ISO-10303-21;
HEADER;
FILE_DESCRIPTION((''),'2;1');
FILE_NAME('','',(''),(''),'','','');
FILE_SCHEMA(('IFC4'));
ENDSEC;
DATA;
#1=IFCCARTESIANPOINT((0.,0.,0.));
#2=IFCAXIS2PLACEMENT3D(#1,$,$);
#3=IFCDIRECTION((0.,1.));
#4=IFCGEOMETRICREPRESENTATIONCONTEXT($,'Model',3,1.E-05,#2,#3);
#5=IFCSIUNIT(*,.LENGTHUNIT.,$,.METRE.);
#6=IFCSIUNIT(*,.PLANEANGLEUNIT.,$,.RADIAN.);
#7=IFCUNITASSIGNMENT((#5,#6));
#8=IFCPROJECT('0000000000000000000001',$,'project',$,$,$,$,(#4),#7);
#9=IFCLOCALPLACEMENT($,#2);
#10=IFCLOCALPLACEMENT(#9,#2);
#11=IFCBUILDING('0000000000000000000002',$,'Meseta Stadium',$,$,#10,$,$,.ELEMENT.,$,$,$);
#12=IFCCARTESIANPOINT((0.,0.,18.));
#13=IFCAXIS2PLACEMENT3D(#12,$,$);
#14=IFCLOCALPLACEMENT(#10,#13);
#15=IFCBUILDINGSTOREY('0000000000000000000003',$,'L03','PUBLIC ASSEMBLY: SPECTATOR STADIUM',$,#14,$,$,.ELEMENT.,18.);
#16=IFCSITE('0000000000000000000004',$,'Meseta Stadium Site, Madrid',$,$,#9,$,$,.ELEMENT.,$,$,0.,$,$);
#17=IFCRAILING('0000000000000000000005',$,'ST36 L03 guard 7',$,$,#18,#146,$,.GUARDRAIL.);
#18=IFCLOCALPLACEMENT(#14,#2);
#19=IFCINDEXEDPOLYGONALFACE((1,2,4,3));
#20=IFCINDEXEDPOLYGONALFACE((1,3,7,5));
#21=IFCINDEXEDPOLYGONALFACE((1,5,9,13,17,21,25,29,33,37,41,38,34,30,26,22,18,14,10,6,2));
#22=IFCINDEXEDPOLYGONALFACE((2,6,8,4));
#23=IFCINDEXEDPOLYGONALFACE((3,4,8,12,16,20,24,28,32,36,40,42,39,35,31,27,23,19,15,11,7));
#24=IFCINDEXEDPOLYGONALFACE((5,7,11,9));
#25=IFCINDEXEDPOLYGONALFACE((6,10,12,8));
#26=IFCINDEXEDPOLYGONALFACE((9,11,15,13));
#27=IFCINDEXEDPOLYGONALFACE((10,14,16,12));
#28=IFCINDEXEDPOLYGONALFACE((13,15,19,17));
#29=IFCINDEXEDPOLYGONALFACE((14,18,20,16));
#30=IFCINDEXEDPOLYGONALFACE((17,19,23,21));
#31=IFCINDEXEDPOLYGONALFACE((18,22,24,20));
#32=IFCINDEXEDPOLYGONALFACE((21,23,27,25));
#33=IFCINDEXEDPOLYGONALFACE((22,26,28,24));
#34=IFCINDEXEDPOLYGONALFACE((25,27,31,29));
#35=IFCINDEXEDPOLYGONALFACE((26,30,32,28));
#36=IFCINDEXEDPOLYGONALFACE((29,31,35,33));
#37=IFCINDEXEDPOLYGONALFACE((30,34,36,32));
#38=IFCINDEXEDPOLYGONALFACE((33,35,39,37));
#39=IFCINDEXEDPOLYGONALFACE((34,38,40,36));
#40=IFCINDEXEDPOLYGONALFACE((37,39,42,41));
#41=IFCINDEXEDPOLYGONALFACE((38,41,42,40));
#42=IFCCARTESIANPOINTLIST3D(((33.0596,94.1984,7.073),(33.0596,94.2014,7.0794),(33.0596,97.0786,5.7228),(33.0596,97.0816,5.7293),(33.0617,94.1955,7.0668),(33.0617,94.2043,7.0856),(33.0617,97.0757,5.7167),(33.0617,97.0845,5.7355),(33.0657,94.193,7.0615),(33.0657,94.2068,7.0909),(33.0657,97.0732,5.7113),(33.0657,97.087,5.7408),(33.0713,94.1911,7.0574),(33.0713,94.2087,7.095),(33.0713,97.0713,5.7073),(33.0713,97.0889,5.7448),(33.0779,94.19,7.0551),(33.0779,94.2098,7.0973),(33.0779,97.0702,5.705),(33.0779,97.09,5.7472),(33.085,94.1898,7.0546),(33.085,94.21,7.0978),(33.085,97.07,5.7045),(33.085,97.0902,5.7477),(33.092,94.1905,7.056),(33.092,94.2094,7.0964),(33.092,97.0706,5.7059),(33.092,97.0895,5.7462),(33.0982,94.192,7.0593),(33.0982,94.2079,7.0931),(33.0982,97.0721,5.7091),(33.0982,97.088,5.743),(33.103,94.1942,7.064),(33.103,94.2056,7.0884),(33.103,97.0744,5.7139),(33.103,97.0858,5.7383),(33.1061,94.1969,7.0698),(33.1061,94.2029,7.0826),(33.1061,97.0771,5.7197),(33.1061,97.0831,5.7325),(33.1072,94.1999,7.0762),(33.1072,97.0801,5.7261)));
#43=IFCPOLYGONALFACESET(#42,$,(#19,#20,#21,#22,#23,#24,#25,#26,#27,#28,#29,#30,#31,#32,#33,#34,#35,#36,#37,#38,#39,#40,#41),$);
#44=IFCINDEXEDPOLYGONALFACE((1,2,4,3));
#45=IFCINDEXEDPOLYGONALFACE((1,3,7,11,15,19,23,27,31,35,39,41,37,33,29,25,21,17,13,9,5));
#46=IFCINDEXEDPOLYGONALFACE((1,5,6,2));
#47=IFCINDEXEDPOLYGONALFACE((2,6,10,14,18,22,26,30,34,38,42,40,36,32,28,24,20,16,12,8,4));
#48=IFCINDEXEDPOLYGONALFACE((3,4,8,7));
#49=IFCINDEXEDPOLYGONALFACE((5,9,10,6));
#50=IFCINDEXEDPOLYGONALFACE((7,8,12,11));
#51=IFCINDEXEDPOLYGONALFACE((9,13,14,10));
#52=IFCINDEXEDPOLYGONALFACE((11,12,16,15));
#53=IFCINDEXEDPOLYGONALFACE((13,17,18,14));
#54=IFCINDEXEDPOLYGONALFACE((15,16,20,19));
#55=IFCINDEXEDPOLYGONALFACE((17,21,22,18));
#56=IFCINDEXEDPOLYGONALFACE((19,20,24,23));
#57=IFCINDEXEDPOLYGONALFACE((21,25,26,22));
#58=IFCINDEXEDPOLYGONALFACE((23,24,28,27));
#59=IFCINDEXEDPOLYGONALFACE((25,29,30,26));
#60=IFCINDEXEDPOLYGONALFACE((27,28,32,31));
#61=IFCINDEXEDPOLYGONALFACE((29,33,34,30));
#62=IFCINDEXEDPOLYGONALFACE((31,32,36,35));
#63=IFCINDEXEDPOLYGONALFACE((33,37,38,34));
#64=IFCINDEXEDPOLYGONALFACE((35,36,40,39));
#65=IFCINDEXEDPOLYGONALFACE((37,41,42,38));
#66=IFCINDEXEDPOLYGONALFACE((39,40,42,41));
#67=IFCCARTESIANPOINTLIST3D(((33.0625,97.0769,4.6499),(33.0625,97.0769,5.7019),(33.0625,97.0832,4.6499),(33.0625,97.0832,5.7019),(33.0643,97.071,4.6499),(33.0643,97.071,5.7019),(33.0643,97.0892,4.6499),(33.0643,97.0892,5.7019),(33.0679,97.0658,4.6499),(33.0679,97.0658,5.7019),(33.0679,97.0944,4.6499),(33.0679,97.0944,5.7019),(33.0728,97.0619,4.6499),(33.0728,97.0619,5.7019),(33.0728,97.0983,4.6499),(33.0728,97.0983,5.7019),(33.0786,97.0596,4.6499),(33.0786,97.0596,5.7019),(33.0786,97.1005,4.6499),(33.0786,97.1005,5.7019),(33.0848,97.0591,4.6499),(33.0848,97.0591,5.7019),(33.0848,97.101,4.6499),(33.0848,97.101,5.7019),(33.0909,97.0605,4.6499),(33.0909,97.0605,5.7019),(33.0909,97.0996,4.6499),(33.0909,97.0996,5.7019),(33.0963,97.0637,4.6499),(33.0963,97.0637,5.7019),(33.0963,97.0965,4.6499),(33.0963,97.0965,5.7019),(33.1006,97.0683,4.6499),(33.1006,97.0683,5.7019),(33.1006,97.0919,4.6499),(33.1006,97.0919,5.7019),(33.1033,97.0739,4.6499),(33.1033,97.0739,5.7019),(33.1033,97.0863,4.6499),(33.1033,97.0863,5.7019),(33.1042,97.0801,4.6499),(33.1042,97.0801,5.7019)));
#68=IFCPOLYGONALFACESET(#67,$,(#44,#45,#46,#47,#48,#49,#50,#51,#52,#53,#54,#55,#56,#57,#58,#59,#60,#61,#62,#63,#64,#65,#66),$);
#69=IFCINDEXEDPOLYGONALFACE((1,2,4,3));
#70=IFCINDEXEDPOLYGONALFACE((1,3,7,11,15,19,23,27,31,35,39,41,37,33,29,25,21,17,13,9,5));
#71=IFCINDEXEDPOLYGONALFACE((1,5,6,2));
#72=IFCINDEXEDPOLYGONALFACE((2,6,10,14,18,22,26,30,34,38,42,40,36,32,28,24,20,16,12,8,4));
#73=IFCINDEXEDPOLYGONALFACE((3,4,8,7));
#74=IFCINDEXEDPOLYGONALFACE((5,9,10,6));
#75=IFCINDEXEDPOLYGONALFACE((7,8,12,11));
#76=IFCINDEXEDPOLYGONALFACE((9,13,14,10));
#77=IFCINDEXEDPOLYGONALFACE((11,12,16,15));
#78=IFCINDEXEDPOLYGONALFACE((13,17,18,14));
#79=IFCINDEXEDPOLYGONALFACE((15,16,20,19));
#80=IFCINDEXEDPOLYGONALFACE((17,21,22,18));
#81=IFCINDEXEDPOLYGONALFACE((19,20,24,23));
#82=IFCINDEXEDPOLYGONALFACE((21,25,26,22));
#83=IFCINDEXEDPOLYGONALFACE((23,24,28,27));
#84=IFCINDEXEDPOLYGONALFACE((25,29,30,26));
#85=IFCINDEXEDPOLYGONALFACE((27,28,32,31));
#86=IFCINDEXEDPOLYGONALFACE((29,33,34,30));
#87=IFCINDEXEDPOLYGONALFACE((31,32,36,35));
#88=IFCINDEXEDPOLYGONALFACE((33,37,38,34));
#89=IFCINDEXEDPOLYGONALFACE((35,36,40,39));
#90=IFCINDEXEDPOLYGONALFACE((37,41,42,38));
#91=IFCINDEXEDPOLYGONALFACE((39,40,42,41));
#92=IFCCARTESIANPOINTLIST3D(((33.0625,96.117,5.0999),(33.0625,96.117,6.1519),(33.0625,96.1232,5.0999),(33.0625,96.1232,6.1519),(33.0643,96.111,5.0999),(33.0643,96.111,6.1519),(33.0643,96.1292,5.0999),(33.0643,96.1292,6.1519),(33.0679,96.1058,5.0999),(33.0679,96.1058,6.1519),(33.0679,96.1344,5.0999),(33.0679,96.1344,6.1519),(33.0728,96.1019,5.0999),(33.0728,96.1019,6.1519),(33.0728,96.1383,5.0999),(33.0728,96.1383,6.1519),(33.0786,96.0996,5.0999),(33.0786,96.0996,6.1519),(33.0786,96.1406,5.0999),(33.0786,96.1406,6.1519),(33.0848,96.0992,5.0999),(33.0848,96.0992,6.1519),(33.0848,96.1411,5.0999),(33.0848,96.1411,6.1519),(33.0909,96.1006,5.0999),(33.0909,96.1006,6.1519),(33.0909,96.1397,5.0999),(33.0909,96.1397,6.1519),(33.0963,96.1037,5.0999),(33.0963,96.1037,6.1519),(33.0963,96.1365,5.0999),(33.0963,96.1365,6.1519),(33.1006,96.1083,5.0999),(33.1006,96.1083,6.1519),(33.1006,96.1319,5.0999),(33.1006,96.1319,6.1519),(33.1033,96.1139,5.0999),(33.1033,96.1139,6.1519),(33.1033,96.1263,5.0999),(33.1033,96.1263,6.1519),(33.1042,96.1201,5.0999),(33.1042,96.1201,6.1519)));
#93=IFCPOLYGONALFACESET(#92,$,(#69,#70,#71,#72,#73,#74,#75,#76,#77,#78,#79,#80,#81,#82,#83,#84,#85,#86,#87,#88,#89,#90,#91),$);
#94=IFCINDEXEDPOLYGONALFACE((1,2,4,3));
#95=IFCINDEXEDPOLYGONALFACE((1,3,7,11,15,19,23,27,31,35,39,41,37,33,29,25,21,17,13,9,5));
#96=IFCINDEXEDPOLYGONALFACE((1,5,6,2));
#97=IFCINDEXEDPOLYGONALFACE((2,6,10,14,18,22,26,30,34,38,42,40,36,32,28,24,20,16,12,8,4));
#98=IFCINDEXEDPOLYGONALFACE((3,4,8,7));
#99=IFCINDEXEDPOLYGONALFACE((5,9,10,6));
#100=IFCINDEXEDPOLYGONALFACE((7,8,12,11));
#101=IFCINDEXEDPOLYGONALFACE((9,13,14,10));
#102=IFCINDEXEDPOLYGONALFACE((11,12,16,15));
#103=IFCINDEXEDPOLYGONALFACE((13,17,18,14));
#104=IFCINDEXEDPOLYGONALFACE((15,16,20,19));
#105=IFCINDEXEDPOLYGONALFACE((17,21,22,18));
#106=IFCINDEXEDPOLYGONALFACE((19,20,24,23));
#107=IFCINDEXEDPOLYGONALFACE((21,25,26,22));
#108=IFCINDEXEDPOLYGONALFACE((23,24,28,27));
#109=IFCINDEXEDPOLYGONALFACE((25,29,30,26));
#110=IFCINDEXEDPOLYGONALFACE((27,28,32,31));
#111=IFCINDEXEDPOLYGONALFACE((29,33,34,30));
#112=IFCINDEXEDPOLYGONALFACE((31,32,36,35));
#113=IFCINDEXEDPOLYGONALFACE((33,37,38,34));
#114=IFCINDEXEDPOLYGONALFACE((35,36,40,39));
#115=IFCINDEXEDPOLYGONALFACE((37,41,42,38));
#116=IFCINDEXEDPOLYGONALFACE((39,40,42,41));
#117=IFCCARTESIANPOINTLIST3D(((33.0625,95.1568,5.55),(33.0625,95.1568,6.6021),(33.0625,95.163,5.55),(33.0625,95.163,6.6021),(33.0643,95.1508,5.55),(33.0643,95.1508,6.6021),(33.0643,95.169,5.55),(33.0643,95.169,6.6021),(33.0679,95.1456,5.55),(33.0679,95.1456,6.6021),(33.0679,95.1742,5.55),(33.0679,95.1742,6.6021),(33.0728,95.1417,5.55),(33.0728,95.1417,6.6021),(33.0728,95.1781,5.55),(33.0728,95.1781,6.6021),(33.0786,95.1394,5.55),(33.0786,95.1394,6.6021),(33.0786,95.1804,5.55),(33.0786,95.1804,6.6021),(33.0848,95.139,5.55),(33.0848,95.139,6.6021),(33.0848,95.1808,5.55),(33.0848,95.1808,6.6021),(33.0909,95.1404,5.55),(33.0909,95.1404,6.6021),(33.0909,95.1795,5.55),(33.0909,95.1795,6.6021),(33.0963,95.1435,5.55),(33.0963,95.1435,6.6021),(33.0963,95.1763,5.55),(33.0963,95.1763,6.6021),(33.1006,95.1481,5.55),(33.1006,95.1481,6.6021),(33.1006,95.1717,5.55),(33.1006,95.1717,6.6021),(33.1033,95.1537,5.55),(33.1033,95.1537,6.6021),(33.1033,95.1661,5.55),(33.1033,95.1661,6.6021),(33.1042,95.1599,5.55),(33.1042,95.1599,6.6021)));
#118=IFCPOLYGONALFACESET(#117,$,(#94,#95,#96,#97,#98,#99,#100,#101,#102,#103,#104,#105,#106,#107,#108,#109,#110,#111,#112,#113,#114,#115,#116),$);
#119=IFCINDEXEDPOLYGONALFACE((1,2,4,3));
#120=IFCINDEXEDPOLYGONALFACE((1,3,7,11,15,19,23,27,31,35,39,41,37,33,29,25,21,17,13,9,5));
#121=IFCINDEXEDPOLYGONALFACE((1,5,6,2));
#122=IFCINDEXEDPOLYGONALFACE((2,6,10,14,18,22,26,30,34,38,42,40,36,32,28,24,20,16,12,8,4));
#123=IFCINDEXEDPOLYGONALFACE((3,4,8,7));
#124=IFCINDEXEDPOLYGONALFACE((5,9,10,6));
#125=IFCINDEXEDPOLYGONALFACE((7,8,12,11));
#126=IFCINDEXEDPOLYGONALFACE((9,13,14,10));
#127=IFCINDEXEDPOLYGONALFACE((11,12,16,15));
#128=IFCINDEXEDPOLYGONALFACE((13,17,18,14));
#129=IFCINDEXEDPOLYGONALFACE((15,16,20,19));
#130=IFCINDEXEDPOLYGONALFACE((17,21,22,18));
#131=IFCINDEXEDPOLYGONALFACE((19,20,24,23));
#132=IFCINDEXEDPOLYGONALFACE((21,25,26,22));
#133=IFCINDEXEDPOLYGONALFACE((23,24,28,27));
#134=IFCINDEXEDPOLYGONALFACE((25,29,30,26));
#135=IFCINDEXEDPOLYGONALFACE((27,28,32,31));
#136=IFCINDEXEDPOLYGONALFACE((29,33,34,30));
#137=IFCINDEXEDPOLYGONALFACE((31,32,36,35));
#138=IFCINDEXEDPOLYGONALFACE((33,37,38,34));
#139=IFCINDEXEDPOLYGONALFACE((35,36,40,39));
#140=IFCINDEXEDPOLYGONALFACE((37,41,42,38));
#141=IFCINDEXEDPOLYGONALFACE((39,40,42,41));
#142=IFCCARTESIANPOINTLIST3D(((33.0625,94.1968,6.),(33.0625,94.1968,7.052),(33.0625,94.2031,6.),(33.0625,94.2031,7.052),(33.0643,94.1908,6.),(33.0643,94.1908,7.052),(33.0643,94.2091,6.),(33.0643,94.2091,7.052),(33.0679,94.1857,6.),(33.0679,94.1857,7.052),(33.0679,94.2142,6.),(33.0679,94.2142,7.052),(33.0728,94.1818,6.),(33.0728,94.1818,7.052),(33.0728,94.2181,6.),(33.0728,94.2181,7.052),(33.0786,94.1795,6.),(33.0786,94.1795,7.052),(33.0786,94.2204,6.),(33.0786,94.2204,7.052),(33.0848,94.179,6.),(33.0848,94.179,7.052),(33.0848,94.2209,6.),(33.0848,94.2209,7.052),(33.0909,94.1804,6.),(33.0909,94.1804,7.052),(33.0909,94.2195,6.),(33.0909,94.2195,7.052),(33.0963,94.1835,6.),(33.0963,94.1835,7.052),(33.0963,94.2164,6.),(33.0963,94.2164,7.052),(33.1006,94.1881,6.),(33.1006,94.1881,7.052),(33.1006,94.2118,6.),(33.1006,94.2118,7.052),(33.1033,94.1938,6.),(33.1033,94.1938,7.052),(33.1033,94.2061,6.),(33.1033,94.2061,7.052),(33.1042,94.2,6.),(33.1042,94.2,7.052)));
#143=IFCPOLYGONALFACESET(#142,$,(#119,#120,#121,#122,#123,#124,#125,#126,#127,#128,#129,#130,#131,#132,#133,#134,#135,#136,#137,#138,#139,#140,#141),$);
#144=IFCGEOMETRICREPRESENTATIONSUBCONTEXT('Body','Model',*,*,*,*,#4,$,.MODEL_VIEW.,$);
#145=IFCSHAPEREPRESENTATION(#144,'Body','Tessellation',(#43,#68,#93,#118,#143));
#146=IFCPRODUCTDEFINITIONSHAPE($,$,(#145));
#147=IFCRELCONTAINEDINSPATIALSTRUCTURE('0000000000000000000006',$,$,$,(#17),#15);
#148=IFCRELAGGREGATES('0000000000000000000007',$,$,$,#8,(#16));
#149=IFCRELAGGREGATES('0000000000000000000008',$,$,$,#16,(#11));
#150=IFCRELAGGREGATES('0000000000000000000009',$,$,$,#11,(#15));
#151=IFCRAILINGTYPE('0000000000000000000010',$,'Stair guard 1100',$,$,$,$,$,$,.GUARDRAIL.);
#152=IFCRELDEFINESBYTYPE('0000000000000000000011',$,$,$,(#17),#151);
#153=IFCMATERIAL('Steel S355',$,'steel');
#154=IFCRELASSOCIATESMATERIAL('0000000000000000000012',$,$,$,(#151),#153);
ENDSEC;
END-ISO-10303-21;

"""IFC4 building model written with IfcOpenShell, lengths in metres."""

from ifc_helpers import new_model, si_unit, direction, frame, origin, origin_2d, place, context, subcontext, project, spatial, circle, extrude, material, type_object, element, save


model = new_model("IFC4")

# Units and contexts
model_context = context("Model", 3, precision=1e-05, world=origin(), true_north=direction((0.0, 1.0)))
body_context = subcontext(model_context, "Body", "Model", "MODEL_VIEW")
ifc_project = project(units=[si_unit("LENGTHUNIT", "METRE"), si_unit("PLANEANGLEUNIT", "RADIAN")], contexts=[model_context])

# Site, building, storey
site_placement = place(None, origin())
site = spatial("IfcSite", under=ifc_project, at=site_placement, Name="Meseta Stadium Site, Madrid", CompositionType="ELEMENT", RefElevation=0.0)
building_placement = place(site_placement, origin())
building = spatial("IfcBuilding", under=site, at=building_placement, Name="Meseta Stadium", CompositionType="ELEMENT")
storey_placement = place(building_placement, frame((0.0, 0.0, 18.0)))
storey = spatial("IfcBuildingStorey", under=building, at=storey_placement, Name="L03", Description="PUBLIC ASSEMBLY: SPECTATOR STADIUM", CompositionType="ELEMENT", Elevation=18.0)

# Railing
ifc_material_1 = material(Name="Steel S355", Category="steel")
railing_type_1 = type_object("IfcRailingType", Name="Stair guard 1100", PredefinedType="GUARDRAIL", material=ifc_material_1)
for number, where, name in (
    (1, (33.0833, 97.0801, 4.6499), "ST36 L03 guard 7"),
):
    element("IfcRailing", number, at=place(storey_placement, frame(where)), inside=storey, type_object=railing_type_1, Name=name, PredefinedType="GUARDRAIL", context=body_context, shape_type="SweptSolid", body=[
        extrude(circle(Radius=0.0239, at=origin_2d()), frame((0.0, 0.0, 1.0762), z_axis=(0.0, -0.905454, 0.424444), x_axis=(1.0, 0.0, 0.0)), (0.0, 0.0, 1.0), 3.1809),
        extrude(circle(Radius=0.021, at=origin_2d()), origin(), (0.0, 0.0, 1.0), 1.052),
        extrude(circle(Radius=0.021, at=origin_2d()), frame((0.0, -0.96, 0.45)), (0.0, 0.0, 1.0), 1.052),
        extrude(circle(Radius=0.021, at=origin_2d()), frame((0.0, -1.9202, 0.9001)), (0.0, 0.0, 1.0), 1.052),
        extrude(circle(Radius=0.021, at=origin_2d()), frame((0.0, -2.8801, 1.3501)), (0.0, 0.0, 1.0), 1.052),
    ])

save(model, "model.ifc")
